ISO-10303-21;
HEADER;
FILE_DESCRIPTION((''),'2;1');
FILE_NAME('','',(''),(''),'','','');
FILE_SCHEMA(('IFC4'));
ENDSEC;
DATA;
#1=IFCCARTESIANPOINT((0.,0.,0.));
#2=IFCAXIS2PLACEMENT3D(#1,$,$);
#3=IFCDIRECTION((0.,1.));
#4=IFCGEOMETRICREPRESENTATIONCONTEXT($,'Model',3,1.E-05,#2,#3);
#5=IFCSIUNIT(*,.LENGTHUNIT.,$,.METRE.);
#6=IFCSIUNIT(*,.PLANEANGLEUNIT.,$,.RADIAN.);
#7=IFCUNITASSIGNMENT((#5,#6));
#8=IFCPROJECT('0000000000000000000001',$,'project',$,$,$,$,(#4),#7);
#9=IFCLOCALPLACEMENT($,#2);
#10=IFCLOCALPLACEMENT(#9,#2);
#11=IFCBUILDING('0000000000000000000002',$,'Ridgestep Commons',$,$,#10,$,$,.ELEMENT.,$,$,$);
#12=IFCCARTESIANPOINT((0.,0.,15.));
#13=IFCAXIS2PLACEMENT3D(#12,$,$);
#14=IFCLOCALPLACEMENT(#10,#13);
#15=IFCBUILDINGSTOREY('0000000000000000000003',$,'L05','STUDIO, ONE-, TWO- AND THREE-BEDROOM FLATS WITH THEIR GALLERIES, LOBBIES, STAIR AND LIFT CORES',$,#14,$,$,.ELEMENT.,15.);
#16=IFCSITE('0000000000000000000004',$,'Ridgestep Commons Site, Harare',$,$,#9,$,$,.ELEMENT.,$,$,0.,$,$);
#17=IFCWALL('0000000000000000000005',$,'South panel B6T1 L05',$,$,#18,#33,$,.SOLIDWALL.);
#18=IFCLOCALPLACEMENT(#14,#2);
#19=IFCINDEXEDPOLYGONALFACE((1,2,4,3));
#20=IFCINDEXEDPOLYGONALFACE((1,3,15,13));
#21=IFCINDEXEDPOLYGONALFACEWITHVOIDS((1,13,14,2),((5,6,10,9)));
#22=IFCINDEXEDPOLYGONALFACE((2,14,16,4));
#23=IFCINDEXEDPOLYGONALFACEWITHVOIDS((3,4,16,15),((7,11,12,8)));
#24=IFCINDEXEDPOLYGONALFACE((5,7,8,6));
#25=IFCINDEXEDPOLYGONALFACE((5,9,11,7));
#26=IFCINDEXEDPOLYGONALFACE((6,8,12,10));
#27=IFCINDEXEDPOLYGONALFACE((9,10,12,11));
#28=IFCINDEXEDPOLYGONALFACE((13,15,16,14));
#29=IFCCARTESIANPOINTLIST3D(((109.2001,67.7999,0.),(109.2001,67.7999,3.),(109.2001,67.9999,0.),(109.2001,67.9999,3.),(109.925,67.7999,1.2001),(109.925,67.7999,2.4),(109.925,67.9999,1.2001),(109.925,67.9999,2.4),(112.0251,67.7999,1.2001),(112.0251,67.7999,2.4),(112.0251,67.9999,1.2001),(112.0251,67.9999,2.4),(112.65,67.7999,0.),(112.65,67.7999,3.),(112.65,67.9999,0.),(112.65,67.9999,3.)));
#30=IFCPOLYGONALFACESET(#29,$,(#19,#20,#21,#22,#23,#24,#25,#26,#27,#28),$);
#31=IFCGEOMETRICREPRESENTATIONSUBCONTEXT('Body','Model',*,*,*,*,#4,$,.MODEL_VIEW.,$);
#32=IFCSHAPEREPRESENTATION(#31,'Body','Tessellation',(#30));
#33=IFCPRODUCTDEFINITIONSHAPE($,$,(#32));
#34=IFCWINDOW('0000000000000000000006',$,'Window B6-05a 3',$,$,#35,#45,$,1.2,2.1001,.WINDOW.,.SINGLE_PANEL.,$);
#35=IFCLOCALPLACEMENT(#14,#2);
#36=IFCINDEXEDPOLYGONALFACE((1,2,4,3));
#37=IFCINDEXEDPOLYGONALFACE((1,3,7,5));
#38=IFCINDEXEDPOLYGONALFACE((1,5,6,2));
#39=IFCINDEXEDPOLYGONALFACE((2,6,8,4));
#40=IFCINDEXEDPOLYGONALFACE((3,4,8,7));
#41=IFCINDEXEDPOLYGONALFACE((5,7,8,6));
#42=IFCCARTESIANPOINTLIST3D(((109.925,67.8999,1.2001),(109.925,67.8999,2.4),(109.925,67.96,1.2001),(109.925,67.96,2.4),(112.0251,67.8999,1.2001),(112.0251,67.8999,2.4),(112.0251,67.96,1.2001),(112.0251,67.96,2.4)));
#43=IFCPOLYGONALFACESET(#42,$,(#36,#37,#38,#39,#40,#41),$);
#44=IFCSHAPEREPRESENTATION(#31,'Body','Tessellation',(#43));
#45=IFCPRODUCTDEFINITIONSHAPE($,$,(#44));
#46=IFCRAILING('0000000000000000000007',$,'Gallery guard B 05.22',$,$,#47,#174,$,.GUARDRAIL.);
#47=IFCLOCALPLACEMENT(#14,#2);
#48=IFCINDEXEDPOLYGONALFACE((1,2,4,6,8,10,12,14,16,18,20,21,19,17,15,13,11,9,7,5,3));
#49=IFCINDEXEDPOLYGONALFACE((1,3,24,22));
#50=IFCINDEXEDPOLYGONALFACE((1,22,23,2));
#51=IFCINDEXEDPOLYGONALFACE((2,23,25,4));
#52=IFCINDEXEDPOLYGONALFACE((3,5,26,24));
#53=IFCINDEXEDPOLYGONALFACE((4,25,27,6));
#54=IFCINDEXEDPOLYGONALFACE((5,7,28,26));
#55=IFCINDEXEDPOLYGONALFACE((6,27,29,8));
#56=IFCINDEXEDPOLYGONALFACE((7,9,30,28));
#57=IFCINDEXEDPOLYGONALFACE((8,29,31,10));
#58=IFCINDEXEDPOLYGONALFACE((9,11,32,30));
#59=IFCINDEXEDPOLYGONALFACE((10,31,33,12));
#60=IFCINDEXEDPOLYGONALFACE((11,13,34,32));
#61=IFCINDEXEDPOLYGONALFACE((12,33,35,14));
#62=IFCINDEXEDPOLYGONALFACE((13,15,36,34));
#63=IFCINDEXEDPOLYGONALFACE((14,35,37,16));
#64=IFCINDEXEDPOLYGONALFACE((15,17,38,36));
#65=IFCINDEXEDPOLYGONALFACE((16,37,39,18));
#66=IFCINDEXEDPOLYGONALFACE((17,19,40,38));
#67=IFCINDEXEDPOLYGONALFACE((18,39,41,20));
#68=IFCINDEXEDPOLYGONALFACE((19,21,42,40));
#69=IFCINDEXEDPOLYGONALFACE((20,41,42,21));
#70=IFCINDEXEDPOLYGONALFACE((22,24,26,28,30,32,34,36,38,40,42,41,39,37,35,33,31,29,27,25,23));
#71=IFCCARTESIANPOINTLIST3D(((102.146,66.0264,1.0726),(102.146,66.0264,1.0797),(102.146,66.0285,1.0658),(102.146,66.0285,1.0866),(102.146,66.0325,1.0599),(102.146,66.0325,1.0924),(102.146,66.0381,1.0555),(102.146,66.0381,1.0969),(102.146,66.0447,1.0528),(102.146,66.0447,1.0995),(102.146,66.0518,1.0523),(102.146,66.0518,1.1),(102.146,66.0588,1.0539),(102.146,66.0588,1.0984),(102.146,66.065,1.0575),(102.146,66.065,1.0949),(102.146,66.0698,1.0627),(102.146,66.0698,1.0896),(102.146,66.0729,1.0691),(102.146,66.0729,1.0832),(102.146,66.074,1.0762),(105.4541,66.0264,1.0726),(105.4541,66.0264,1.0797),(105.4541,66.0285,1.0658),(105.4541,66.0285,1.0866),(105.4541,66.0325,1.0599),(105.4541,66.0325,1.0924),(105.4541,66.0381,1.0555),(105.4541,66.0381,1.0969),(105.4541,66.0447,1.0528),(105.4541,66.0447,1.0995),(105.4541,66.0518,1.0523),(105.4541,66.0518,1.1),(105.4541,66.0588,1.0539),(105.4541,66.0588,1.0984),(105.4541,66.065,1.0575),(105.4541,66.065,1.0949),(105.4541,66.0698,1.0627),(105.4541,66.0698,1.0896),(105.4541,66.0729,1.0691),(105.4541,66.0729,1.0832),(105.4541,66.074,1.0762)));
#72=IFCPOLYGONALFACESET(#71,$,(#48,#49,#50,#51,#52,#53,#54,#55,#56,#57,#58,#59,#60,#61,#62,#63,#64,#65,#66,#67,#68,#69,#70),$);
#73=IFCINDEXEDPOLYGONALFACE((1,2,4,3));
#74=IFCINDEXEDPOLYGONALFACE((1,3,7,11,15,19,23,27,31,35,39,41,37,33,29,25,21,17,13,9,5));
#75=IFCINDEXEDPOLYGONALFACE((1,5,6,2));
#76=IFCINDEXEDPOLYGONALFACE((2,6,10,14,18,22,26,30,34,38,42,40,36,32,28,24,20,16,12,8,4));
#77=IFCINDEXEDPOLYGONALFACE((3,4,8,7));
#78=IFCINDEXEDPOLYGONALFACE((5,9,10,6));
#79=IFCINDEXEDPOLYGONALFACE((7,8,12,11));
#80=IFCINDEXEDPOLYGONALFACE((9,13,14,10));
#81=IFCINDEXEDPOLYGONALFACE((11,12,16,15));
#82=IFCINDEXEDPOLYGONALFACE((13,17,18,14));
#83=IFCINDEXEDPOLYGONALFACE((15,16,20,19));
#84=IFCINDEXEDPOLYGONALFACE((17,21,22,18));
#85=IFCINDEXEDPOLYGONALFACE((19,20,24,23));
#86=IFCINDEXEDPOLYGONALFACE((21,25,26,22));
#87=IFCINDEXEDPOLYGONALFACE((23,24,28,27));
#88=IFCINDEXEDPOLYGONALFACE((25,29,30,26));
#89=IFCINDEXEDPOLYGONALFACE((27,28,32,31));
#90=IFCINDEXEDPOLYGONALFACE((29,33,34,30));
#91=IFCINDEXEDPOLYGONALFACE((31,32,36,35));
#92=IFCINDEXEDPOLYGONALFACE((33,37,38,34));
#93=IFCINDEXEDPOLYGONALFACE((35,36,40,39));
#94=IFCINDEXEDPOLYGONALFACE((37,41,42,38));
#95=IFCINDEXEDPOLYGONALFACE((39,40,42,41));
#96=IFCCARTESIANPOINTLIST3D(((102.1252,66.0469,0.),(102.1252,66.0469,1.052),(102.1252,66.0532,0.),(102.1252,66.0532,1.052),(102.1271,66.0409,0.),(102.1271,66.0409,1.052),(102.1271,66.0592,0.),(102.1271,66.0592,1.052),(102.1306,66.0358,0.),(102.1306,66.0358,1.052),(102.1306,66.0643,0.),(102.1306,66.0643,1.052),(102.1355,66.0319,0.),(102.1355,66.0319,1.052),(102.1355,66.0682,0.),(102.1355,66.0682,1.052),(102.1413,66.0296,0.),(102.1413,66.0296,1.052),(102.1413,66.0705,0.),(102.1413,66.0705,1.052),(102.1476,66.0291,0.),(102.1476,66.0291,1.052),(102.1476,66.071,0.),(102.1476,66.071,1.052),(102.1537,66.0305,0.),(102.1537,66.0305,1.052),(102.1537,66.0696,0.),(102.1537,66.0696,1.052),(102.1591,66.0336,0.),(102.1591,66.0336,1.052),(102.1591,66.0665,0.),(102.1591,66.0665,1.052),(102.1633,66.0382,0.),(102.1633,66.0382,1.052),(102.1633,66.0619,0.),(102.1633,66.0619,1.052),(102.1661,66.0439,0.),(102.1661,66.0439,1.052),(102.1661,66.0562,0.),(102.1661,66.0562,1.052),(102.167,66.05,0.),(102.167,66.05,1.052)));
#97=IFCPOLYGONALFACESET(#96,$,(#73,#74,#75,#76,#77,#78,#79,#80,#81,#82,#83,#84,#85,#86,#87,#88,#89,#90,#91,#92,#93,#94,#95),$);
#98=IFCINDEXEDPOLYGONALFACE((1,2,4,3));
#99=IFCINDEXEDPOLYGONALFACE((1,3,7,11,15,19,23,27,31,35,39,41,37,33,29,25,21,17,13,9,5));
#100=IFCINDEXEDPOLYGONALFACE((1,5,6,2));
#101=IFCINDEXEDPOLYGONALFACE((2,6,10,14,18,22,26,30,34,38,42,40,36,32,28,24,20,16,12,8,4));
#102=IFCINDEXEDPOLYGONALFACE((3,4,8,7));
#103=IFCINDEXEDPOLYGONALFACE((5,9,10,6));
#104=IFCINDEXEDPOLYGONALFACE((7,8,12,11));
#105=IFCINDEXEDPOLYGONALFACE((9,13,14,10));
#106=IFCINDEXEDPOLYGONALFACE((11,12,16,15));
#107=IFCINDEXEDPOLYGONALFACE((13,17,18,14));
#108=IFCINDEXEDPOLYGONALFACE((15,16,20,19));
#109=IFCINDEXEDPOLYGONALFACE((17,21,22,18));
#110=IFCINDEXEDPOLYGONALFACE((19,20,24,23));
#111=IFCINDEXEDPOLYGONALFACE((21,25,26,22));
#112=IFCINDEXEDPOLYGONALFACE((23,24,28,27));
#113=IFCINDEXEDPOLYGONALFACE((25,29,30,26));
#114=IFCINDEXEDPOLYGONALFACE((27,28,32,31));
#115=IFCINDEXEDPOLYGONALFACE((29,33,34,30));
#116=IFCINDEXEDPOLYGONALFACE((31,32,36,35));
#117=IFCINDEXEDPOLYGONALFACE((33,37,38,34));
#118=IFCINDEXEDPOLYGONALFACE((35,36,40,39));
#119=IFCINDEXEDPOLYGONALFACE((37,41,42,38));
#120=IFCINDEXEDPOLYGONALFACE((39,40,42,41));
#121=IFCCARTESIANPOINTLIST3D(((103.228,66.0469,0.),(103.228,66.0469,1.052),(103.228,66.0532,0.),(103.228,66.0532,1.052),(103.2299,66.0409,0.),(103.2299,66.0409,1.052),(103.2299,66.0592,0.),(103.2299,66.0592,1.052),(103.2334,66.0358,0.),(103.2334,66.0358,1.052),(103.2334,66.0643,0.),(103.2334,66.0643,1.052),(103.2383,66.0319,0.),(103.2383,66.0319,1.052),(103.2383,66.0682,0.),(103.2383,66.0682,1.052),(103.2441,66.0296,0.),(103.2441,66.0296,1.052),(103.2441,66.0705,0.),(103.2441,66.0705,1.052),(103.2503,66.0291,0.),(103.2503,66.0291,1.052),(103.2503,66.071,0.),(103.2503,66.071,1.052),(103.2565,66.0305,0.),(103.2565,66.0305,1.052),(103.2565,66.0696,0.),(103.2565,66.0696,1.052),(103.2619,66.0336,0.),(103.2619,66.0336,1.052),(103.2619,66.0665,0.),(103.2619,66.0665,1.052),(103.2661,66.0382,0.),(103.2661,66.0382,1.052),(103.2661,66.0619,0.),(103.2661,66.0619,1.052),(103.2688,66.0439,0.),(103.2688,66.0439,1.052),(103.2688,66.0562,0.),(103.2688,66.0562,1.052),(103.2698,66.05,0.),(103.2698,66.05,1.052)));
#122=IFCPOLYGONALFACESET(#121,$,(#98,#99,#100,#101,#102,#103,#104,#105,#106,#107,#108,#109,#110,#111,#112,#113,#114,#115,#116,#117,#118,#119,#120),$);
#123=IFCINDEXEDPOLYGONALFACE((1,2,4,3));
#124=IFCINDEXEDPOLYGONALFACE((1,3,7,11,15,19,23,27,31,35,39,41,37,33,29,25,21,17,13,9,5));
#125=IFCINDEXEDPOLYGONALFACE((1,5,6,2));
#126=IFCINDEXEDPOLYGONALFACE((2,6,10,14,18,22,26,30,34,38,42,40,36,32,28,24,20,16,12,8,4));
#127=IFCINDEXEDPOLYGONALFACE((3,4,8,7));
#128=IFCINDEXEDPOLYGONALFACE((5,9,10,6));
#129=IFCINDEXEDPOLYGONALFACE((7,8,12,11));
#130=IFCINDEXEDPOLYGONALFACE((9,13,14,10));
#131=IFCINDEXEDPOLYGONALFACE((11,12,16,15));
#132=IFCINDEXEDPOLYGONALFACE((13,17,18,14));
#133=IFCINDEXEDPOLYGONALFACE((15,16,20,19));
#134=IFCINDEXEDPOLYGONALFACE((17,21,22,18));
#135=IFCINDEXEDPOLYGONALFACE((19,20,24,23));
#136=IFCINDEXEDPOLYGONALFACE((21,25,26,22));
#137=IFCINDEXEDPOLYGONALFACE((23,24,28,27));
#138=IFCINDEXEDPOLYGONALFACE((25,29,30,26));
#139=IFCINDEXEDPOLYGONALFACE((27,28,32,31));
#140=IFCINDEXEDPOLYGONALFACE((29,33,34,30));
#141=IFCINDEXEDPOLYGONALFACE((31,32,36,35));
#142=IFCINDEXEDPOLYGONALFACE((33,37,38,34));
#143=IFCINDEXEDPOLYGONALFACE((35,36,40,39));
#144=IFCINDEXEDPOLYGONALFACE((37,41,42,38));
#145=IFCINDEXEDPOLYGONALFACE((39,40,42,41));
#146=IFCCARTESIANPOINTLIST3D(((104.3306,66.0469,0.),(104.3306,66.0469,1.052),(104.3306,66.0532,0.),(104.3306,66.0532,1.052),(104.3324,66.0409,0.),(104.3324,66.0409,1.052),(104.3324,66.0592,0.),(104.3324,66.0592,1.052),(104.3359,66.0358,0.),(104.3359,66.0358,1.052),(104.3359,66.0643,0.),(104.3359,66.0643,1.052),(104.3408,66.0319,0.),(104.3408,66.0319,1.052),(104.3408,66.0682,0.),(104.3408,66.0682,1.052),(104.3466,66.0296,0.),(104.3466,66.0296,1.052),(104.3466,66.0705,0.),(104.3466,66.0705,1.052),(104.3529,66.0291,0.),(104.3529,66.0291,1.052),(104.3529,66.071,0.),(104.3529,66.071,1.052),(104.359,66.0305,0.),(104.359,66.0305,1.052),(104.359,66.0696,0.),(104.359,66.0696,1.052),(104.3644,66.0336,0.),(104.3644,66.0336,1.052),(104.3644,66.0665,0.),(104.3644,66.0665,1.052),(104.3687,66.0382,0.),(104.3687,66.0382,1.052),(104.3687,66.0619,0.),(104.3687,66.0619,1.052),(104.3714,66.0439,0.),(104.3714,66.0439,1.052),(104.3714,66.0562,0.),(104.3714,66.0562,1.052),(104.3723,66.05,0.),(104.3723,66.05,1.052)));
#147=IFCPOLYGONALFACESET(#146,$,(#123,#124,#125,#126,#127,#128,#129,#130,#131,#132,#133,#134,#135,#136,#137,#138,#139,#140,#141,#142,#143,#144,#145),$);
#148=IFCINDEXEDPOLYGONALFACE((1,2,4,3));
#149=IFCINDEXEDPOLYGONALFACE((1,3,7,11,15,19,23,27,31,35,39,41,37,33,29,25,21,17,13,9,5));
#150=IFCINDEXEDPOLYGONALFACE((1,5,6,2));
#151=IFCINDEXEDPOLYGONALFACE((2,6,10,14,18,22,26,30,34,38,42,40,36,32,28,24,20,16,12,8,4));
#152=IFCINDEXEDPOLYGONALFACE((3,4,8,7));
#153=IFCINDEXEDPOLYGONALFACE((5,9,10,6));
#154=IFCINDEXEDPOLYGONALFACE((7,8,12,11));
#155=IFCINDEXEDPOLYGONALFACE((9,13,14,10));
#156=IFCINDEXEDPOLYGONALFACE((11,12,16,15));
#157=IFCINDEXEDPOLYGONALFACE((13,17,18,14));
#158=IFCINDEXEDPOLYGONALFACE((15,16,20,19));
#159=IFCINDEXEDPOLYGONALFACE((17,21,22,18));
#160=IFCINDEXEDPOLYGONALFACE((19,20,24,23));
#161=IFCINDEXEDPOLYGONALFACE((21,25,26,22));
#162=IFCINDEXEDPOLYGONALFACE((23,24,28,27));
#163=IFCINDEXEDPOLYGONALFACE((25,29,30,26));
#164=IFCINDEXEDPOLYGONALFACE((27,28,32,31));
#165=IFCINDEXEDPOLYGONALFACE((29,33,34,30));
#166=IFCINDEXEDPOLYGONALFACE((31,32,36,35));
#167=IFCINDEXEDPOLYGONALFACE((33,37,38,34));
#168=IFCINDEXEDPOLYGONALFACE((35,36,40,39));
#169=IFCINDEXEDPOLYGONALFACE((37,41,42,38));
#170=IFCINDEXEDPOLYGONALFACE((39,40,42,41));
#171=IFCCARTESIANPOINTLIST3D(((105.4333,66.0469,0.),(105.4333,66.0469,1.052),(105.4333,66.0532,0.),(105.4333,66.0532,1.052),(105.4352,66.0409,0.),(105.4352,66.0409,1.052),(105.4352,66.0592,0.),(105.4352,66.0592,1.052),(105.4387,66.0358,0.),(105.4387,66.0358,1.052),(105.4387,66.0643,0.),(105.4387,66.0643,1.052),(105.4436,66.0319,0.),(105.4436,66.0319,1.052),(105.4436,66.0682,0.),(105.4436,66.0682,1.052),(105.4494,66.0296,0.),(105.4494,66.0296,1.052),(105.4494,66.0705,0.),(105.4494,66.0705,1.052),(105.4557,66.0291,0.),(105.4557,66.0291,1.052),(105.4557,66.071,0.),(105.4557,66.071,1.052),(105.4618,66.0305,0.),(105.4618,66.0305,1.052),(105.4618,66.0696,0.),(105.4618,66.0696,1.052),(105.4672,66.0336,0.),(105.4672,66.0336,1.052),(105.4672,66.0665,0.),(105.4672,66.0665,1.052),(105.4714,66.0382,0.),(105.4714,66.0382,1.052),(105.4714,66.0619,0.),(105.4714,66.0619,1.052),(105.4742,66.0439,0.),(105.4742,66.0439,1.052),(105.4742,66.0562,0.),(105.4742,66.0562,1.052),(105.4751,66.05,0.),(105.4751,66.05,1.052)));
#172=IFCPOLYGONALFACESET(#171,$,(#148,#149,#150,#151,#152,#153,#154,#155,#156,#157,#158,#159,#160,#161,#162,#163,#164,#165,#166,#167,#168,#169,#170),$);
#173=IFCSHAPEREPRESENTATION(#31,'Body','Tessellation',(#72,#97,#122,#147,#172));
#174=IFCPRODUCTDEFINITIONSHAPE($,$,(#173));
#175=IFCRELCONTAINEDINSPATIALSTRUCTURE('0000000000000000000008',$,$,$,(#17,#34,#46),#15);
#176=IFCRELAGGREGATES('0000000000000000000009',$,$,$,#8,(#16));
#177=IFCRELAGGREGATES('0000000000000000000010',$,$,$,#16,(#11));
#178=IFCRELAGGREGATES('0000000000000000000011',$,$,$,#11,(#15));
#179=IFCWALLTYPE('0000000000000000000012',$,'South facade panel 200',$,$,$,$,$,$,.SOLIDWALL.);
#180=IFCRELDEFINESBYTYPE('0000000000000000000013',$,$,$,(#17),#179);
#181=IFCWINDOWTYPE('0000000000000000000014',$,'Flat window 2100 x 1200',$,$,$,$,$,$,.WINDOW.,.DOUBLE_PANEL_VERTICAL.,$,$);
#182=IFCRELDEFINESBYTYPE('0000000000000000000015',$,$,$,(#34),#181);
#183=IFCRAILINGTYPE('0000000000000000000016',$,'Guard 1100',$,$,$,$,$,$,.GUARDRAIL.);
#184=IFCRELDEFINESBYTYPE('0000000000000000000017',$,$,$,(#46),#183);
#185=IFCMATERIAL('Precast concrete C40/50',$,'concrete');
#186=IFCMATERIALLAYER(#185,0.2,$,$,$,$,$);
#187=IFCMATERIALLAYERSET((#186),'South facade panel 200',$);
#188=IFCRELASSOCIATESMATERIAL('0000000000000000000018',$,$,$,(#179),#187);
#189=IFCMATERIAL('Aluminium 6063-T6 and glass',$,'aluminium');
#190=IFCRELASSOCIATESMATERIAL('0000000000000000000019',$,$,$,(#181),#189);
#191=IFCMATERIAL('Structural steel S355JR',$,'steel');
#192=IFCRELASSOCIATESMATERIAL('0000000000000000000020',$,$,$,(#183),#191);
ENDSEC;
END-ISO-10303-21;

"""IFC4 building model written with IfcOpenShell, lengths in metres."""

from ifc_helpers import new_model, si_unit, direction, frame, frame_2d, origin, origin_2d, place, context, subcontext, project, spatial, rectangle, circle, extrude, material, layer, layer_set, type_object, element, fill, save


model = new_model("IFC4")

# Units and contexts
model_context = context("Model", 3, precision=1e-05, world=origin(), true_north=direction((0.0, 1.0)))
body_context = subcontext(model_context, "Body", "Model", "MODEL_VIEW")
ifc_project = project(units=[si_unit("LENGTHUNIT", "METRE"), si_unit("PLANEANGLEUNIT", "RADIAN")], contexts=[model_context])

# Site, building, storey
site_placement = place(None, origin())
site = spatial("IfcSite", under=ifc_project, at=site_placement, Name="Ridgestep Commons Site, Harare", CompositionType="ELEMENT", RefElevation=0.0)
building_placement = place(site_placement, origin())
building = spatial("IfcBuilding", under=site, at=building_placement, Name="Ridgestep Commons", CompositionType="ELEMENT")
storey_placement = place(building_placement, frame((0.0, 0.0, 15.0)))
storey = spatial("IfcBuildingStorey", under=building, at=storey_placement, Name="L05", Description="STUDIO, ONE-, TWO- AND THREE-BEDROOM FLATS WITH THEIR GALLERIES, LOBBIES, STAIR AND LIFT CORES", CompositionType="ELEMENT", Elevation=15.0)

# Shared definitions
ifc_material_1 = material(Name="Precast concrete C40/50", Category="concrete")
ifc_layer_1 = layer(ifc_material_1, 0.2)
ifc_layer_set_1 = layer_set([ifc_layer_1], Name="South facade panel 200")
wall_type_1 = type_object("IfcWallType", Name="South facade panel 200", PredefinedType="SOLIDWALL", material=ifc_layer_set_1)
ifc_material_2 = material(Name="Aluminium 6063-T6 and glass", Category="aluminium")
window_type = type_object("IfcWindowType", Name="Flat window 2100 x 1200", PartitioningType="DOUBLE_PANEL_VERTICAL", PredefinedType="WINDOW", material=ifc_material_2)

# Wall, opening, window
wall_1_placement = place(storey_placement, frame((109.2, 67.8999, 0.0), z_axis=(0.0, 0.0, 1.0), x_axis=(1.0, 0.0, 0.0)))
wall_1 = element("IfcWall", 1, at=wall_1_placement, inside=storey, type_object=wall_type_1, Name="South panel B6T1 L05", PredefinedType="SOLIDWALL", context=body_context, shape_type="SweptSolid", body=[
    extrude(rectangle(XDim=3.45, YDim=0.2, at=frame_2d((1.7251, 0.0))), origin(), (0.0, 0.0, 1.0), 3.0),
])
opening_1_placement = place(wall_1_placement, frame((0.7251, 0.0, 1.2)))
opening_1 = element("IfcOpeningElement", 2, at=opening_1_placement, cuts=wall_1, PredefinedType="OPENING", context=body_context, shape_type="SweptSolid", body=[
    extrude(rectangle(XDim=2.1001, YDim=1.2, at=frame_2d((1.05, 0.6001))), frame((0.0, 0.1099, 0.0), z_axis=(0.0, -1.0, 0.0), x_axis=(1.0, 0.0, 0.0)), (0.0, 0.0, 1.0), 0.22),
])
window_1_placement = place(opening_1_placement, origin())
window_1 = element("IfcWindow", 3, at=window_1_placement, inside=storey, type_object=window_type, Name="Window B6-05a 3", OverallHeight=1.2, OverallWidth=2.1001, PartitioningType="SINGLE_PANEL", PredefinedType="WINDOW", context=body_context, shape_type="SweptSolid", body=[
    extrude(rectangle(XDim=2.1001, YDim=1.2, at=frame_2d((1.05, 0.6001))), frame((0.0, 0.0601, 0.0), z_axis=(0.0, -1.0, 0.0), x_axis=(1.0, 0.0, 0.0)), (0.0, 0.0, 1.0), 0.0601),
])
fill(opening_1, window_1)

# Railing
ifc_material_3 = material(Name="Structural steel S355JR", Category="steel")
railing_type = type_object("IfcRailingType", Name="Guard 1100", PredefinedType="GUARDRAIL", material=ifc_material_3)
railing_1_placement = place(storey_placement, frame((102.146, 66.05, 0.0)))
element("IfcRailing", 4, at=railing_1_placement, inside=storey, type_object=railing_type, Name="Gallery guard B 05.22", PredefinedType="GUARDRAIL", context=body_context, shape_type="SweptSolid", body=[
    extrude(circle(Radius=0.0239, at=origin_2d()), frame((0.0, 0.0, 1.0762), z_axis=(1.0, 0.0, 0.0), x_axis=(0.0, 1.0, 0.0)), (0.0, 0.0, 1.0), 3.3081),
    extrude(circle(Radius=0.021, at=origin_2d()), origin(), (0.0, 0.0, 1.0), 1.052),
    extrude(circle(Radius=0.021, at=origin_2d()), frame((1.1028, 0.0, 0.0)), (0.0, 0.0, 1.0), 1.052),
    extrude(circle(Radius=0.021, at=origin_2d()), frame((2.2053, 0.0, 0.0)), (0.0, 0.0, 1.0), 1.052),
    extrude(circle(Radius=0.021, at=origin_2d()), frame((3.3081, 0.0, 0.0)), (0.0, 0.0, 1.0), 1.052),
])

save(model, "model.ifc")
